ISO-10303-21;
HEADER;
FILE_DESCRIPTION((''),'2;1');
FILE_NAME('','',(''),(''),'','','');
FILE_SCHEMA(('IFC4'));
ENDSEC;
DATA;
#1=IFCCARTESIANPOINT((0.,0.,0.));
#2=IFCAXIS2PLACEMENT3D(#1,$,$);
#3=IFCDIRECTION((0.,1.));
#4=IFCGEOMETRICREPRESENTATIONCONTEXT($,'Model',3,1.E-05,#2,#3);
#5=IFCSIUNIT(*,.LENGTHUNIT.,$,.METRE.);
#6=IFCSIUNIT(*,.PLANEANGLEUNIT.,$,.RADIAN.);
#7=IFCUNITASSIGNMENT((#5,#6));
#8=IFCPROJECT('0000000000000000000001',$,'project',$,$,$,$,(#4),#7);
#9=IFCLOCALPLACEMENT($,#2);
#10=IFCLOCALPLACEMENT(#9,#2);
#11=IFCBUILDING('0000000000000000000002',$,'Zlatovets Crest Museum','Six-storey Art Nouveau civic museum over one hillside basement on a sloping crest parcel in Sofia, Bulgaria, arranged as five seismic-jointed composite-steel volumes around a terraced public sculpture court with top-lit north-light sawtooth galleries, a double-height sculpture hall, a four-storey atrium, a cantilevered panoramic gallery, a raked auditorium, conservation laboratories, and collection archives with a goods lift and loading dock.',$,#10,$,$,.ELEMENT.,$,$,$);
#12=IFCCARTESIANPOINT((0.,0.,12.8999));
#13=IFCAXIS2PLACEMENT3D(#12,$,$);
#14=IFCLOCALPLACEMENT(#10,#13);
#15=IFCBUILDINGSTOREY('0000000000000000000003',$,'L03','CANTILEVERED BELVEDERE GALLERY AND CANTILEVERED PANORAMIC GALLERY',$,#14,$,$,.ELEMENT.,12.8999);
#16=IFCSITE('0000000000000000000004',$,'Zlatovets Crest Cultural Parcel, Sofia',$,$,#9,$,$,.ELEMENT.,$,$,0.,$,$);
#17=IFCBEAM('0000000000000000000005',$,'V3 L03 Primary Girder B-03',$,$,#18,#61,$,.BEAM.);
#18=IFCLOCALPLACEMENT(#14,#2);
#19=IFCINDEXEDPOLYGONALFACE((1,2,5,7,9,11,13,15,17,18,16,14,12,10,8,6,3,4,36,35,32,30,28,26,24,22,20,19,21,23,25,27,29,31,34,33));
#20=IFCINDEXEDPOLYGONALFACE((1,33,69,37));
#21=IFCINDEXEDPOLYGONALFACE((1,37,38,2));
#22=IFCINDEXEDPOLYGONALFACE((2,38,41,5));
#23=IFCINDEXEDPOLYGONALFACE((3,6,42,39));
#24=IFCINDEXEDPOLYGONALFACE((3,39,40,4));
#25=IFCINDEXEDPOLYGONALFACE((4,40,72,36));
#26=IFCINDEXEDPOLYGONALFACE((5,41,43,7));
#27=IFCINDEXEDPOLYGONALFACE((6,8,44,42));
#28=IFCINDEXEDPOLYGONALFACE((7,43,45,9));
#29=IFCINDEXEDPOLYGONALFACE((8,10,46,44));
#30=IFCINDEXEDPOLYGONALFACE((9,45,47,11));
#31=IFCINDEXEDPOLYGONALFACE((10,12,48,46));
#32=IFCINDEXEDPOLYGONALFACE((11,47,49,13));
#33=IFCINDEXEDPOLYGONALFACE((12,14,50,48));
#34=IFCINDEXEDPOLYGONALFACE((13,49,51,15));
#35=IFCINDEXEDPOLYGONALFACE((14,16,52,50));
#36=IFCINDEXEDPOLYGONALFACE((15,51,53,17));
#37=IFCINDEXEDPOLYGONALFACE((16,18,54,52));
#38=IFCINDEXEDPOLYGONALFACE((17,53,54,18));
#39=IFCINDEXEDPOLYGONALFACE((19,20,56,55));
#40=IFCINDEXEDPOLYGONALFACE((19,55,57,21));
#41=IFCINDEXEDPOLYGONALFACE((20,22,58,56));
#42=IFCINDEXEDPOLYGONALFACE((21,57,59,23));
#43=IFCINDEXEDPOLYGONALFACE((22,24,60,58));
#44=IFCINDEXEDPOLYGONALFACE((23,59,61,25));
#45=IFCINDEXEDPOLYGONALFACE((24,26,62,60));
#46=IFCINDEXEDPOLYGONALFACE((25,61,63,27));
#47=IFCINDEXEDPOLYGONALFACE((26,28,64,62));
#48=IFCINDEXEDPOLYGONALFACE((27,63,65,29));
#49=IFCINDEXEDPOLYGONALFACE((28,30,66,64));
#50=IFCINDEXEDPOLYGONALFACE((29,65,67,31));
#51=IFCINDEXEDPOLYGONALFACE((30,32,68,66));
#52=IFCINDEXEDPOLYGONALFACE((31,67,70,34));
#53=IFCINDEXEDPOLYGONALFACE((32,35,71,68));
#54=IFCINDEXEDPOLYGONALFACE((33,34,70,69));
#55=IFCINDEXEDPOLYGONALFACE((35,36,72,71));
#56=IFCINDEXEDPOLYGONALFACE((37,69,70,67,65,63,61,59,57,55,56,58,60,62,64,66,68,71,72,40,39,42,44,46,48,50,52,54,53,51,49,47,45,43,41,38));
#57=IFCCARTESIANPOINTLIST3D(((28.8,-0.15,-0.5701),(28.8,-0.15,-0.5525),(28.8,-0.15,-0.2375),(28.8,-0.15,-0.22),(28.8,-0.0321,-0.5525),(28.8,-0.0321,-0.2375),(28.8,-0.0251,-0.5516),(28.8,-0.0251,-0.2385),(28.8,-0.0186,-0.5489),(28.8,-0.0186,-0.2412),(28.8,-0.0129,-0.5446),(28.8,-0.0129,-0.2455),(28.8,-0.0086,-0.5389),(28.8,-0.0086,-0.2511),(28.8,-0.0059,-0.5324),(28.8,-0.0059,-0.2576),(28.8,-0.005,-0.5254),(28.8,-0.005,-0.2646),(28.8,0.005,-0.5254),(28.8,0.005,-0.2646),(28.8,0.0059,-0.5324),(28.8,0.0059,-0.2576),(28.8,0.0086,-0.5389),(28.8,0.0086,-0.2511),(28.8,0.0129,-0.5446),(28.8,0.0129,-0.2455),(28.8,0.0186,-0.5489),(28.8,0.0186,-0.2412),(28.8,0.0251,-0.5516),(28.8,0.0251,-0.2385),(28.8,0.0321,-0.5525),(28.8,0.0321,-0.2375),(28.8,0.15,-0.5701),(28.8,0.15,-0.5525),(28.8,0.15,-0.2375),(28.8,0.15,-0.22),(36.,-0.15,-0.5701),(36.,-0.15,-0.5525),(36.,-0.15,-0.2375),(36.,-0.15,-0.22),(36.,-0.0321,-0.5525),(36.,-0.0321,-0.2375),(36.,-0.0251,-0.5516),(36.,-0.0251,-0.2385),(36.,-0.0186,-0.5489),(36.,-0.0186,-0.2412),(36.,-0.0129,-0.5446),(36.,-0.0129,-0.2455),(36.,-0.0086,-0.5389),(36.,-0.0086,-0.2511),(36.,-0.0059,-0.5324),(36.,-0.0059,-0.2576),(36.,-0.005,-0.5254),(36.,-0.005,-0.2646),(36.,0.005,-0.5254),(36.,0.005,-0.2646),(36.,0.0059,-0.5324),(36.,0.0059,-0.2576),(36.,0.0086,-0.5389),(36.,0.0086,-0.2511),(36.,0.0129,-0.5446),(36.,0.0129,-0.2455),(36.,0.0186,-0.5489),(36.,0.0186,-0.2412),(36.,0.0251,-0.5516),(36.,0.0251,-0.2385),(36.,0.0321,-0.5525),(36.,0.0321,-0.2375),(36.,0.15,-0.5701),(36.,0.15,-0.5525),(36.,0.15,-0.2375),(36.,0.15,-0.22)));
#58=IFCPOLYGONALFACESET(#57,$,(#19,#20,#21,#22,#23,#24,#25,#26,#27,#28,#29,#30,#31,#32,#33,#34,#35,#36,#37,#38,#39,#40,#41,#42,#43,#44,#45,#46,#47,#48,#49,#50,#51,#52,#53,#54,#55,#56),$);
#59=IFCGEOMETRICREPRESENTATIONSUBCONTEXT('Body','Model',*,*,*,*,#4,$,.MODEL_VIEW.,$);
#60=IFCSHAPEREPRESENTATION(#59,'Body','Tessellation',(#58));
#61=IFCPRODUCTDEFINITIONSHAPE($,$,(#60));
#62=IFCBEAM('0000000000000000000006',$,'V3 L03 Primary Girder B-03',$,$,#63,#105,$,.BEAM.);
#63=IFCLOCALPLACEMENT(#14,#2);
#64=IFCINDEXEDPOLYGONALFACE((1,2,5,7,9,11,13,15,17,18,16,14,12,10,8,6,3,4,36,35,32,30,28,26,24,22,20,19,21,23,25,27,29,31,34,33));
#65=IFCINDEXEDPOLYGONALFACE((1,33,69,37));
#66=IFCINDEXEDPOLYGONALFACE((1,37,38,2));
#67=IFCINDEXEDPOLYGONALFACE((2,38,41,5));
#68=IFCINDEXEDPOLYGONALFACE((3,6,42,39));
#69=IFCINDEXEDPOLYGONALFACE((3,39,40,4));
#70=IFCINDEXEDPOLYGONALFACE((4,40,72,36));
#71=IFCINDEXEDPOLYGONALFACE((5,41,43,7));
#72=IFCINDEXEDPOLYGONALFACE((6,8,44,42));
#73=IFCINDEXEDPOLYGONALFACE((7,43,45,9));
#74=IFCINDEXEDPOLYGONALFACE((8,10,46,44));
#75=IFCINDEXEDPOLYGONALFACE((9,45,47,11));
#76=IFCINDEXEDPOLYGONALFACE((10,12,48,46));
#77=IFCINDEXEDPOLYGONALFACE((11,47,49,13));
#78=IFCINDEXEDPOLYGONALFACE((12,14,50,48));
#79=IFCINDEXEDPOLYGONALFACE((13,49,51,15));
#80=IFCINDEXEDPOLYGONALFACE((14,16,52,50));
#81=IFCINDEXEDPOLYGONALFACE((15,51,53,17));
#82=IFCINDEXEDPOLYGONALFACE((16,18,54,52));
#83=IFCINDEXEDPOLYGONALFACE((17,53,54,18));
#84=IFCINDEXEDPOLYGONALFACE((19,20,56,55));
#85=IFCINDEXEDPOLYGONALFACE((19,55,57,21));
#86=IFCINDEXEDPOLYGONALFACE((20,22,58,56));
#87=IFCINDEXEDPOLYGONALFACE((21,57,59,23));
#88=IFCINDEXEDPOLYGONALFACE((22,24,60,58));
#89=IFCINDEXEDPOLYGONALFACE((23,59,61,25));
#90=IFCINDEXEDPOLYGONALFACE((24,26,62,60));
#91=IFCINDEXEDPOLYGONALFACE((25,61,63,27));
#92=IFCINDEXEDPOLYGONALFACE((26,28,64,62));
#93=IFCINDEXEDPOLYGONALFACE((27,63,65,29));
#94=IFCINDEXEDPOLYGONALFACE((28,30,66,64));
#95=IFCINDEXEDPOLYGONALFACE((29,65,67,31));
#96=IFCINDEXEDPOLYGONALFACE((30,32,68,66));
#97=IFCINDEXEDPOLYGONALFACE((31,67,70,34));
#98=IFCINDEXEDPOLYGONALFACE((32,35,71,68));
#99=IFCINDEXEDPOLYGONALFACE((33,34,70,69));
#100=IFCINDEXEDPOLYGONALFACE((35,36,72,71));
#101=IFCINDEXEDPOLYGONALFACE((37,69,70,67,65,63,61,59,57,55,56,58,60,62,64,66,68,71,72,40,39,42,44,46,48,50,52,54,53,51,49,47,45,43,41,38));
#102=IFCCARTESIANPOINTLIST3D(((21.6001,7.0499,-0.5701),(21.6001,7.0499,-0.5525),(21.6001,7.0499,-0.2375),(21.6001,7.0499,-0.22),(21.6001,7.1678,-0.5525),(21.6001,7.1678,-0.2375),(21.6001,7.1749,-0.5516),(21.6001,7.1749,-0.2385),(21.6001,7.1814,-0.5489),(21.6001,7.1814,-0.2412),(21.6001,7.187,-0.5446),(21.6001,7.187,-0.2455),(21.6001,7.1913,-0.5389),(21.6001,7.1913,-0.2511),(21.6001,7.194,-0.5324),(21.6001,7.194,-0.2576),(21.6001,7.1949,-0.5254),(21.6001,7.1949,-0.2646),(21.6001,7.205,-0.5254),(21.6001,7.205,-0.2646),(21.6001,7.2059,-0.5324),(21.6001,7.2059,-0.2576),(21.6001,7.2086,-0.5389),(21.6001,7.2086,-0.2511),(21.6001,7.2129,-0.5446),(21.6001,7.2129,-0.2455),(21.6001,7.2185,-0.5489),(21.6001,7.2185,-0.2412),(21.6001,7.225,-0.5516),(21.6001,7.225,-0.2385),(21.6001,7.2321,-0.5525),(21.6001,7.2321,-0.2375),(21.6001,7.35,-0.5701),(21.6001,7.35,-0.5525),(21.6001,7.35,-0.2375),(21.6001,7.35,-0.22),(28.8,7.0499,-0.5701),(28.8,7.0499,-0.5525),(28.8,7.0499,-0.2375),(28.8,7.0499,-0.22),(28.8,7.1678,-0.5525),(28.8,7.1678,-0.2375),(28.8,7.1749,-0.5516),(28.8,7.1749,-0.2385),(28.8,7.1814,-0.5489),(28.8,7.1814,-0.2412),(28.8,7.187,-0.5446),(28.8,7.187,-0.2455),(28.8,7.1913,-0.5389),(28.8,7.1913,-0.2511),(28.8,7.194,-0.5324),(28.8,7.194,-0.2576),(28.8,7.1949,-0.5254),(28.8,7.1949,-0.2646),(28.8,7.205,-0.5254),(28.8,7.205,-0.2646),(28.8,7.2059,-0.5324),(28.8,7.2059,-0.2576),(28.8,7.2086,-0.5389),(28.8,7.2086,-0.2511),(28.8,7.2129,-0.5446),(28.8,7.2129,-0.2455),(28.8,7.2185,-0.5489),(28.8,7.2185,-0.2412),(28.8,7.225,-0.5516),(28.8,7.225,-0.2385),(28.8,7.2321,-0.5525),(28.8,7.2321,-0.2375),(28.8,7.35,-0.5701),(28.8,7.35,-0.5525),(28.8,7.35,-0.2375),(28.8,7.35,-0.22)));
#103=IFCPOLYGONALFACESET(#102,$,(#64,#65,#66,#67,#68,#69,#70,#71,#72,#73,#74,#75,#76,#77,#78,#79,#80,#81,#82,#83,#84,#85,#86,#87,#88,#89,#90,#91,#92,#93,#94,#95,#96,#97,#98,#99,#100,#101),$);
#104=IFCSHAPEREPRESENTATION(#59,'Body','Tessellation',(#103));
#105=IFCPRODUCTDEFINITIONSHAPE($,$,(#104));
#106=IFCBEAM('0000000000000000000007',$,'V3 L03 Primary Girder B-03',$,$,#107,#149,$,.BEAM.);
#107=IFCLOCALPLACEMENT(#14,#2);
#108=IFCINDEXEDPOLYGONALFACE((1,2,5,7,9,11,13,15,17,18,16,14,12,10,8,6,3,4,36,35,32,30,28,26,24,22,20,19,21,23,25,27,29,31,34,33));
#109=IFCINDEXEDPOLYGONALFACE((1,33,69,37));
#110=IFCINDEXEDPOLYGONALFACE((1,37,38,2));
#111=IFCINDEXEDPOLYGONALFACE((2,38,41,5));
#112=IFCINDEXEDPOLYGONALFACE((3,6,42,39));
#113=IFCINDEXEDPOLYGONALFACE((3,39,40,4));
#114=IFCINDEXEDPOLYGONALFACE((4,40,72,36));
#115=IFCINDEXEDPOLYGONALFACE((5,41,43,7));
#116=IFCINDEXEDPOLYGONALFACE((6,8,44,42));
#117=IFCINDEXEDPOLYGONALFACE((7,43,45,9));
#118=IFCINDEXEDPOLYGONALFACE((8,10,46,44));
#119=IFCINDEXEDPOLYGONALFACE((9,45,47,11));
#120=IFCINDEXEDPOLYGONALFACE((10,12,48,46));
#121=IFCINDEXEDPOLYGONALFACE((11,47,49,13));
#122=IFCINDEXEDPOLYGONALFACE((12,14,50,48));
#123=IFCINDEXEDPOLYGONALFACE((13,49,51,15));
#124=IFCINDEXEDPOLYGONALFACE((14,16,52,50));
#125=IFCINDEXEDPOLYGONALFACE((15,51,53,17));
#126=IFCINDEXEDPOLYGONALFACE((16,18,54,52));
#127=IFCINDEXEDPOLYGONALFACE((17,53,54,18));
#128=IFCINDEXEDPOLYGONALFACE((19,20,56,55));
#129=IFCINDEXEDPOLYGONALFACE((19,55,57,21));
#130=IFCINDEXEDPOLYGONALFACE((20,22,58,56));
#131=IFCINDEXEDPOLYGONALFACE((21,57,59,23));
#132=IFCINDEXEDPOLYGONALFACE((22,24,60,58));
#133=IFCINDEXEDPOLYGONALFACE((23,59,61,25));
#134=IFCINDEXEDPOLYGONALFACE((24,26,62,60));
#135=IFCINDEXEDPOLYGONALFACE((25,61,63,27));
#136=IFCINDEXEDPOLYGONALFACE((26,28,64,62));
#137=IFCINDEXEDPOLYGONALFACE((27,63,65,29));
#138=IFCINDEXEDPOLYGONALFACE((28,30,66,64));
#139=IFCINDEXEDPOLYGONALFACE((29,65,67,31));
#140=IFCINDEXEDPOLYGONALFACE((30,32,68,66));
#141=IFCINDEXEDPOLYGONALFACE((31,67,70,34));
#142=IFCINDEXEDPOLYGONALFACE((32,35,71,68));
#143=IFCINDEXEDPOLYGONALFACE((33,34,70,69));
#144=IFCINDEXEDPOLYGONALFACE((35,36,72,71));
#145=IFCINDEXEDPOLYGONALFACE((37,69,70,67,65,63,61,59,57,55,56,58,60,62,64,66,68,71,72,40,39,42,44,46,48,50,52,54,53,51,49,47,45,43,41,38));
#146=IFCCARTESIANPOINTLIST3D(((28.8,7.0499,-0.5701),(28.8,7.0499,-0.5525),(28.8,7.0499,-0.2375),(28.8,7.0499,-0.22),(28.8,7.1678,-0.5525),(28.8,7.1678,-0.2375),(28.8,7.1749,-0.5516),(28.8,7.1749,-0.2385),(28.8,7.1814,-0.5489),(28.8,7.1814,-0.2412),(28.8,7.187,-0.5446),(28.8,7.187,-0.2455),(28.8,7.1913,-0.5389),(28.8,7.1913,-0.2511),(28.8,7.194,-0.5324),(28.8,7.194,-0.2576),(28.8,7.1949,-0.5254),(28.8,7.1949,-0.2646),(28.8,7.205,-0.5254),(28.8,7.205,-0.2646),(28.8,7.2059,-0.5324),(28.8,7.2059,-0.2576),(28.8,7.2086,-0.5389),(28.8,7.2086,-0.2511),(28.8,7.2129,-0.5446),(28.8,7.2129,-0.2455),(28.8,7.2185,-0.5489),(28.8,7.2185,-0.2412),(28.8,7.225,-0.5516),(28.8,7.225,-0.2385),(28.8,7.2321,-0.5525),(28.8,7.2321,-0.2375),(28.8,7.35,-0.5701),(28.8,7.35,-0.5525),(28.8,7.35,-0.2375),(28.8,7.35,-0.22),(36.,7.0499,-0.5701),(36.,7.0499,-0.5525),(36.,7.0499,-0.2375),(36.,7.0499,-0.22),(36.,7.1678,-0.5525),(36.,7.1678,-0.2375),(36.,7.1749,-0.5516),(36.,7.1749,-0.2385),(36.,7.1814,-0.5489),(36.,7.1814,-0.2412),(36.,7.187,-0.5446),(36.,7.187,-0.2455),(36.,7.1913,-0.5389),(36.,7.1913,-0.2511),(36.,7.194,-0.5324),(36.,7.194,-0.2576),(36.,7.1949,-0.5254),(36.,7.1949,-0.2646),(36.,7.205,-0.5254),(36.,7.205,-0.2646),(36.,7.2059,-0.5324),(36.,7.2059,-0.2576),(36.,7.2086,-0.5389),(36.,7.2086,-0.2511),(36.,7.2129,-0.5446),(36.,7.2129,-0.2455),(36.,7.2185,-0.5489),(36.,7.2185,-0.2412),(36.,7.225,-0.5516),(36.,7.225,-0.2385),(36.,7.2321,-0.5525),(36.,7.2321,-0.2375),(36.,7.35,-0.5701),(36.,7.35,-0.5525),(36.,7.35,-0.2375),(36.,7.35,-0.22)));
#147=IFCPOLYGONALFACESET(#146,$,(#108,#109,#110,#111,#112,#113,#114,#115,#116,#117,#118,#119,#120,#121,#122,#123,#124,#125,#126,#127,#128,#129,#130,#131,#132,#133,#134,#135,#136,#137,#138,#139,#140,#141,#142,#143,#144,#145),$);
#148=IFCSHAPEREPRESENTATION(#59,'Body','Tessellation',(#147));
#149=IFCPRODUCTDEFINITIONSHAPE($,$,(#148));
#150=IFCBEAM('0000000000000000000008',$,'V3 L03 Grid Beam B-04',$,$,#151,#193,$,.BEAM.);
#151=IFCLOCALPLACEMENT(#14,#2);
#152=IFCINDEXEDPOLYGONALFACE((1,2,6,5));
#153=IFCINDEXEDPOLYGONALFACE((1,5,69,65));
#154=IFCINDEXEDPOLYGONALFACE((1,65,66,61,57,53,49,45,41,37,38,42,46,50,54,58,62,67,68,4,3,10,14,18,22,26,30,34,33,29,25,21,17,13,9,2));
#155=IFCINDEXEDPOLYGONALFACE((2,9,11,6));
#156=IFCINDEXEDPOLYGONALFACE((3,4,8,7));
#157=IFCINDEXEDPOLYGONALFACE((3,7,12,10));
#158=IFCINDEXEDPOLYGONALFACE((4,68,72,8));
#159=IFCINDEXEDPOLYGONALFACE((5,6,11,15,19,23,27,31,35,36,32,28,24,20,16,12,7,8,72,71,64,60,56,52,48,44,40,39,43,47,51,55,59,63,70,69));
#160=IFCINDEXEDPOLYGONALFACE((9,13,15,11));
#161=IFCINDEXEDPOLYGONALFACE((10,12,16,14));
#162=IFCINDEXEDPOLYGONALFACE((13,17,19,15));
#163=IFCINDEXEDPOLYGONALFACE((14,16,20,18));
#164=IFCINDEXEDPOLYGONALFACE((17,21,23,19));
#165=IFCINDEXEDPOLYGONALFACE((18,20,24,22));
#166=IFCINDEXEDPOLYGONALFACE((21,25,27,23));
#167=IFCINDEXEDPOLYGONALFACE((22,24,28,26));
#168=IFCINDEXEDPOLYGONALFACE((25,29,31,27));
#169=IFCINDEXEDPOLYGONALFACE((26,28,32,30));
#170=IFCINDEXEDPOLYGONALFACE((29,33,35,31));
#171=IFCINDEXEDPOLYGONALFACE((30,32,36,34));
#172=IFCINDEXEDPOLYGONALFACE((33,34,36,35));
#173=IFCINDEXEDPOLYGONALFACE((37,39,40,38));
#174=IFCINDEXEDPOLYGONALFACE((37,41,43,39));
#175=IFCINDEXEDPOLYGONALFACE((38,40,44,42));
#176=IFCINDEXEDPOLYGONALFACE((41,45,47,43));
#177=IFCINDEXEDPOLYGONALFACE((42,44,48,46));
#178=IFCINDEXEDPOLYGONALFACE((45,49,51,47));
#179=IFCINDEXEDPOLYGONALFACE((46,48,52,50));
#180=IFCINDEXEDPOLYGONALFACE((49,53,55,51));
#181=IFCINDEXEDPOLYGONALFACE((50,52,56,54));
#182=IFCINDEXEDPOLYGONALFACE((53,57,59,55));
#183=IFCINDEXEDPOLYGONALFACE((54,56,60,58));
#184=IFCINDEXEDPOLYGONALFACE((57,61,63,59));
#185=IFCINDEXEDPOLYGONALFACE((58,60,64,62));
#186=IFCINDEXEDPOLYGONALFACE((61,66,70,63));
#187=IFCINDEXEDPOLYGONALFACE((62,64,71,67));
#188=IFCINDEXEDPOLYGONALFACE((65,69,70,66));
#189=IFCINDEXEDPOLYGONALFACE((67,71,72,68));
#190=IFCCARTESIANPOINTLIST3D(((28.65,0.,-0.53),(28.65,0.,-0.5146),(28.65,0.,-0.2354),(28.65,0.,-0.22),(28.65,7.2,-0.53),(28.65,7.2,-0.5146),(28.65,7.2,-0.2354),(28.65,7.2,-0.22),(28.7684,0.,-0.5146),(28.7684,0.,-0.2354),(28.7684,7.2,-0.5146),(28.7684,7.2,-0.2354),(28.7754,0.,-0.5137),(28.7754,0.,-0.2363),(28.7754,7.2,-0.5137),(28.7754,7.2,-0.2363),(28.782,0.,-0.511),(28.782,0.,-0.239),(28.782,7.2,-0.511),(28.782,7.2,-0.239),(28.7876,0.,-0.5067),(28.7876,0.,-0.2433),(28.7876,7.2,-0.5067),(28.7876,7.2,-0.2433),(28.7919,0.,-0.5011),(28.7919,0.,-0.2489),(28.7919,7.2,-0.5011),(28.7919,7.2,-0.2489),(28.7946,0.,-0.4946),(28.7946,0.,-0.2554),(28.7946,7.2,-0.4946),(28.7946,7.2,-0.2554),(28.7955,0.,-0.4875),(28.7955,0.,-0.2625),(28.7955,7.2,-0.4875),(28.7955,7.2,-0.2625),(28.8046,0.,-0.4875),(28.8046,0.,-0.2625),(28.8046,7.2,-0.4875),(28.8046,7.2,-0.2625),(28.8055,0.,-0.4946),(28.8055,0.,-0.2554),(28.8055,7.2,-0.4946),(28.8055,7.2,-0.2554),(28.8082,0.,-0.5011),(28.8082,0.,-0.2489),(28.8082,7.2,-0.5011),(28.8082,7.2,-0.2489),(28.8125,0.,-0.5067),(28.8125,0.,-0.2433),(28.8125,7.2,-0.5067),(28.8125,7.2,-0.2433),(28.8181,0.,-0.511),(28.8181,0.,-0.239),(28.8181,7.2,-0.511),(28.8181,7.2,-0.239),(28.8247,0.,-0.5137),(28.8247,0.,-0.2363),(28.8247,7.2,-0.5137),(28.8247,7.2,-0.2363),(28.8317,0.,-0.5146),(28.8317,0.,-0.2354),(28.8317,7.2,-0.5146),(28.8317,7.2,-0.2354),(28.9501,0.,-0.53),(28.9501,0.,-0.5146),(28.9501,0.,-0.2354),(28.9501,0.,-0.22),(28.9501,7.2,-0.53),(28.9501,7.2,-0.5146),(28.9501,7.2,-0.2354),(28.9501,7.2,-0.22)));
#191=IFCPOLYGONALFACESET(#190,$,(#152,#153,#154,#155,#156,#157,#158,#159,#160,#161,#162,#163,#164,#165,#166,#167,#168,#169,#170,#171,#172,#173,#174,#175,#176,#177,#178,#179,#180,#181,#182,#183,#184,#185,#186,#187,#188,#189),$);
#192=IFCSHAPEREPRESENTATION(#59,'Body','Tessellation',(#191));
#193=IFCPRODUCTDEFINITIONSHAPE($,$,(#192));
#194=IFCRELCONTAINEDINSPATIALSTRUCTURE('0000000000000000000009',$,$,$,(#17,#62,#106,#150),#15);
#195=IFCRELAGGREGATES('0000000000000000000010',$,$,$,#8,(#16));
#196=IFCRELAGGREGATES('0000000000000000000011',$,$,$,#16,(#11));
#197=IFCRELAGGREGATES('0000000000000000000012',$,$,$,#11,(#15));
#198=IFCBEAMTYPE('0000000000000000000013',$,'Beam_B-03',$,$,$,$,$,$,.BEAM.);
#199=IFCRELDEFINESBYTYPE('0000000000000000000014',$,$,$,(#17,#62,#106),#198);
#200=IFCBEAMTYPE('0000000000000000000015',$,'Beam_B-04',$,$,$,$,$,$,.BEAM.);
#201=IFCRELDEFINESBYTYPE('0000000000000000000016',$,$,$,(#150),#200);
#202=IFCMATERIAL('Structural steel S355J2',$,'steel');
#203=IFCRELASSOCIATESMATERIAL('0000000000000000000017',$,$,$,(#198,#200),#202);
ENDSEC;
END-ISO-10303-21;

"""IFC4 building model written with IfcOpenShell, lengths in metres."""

from ifc_helpers import new_model, si_unit, direction, frame, origin, origin_2d, place, context, subcontext, project, spatial, i_section, extrude, material, material_profile, profile_set, type_object, element, save


model = new_model("IFC4")

# Units and contexts
model_context = context("Model", 3, precision=1e-05, world=origin(), true_north=direction((0.0, 1.0)))
body_context = subcontext(model_context, "Body", "Model", "MODEL_VIEW")
ifc_project = project(units=[si_unit("LENGTHUNIT", "METRE"), si_unit("PLANEANGLEUNIT", "RADIAN")], contexts=[model_context])

# Site, building, storey
site_placement = place(None, origin())
site = spatial("IfcSite", under=ifc_project, at=site_placement, Name="Zlatovets Crest Cultural Parcel, Sofia", CompositionType="ELEMENT", RefElevation=0.0)
building_placement = place(site_placement, origin())
building = spatial("IfcBuilding", under=site, at=building_placement, Name="Zlatovets Crest Museum", Description="Six-storey Art Nouveau civic museum over one hillside basement on a sloping crest parcel in Sofia, Bulgaria, arranged as five seismic-jointed composite-steel volumes around a terraced public sculpture court with top-lit north-light sawtooth galleries, a double-height sculpture hall, a four-storey atrium, a cantilevered panoramic gallery, a raked auditorium, conservation laboratories, and collection archives with a goods lift and loading dock.", CompositionType="ELEMENT")
storey_placement = place(building_placement, frame((0.0, 0.0, 12.8999)))
storey = spatial("IfcBuildingStorey", under=building, at=storey_placement, Name="L03", Description="CANTILEVERED BELVEDERE GALLERY AND CANTILEVERED PANORAMIC GALLERY", CompositionType="ELEMENT", Elevation=12.8999)

# Beams
ifc_material_1 = material(Name="Structural steel S355J2", Category="steel")
ifc_material_profile_1 = material_profile(ifc_material_1, i_section(OverallWidth=0.3, OverallDepth=0.3501, WebThickness=0.01, FlangeThickness=0.0176, FilletRadius=0.0271, at=origin_2d()), Name="HEA 360")
ifc_profile_set_1 = profile_set([ifc_material_profile_1], Name="Structural steel S355J2")
beam_type_1 = type_object("IfcBeamType", Name="Beam_B-03", PredefinedType="BEAM", material=ifc_profile_set_1)
for number, where, z_axis, x_axis, name in (
    (1, (28.8, 0.0, -0.395), (1.0, 0.0, 0.0), (0.0, 1.0, 0.0), "V3 L03 Primary Girder B-03"),
    (2, (21.6001, 7.2, -0.395), (1.0, 0.0, 0.0), (0.0, 1.0, 0.0), "V3 L03 Primary Girder B-03"),
    (3, (28.8, 7.2, -0.395), (1.0, 0.0, 0.0), (0.0, 1.0, 0.0), "V3 L03 Primary Girder B-03"),
):
    element("IfcBeam", number, at=place(storey_placement, frame(where, z_axis=z_axis, x_axis=x_axis)), inside=storey, type_object=beam_type_1, Name=name, PredefinedType="BEAM", context=body_context, shape_type="SweptSolid", body=[
        extrude(i_section(OverallWidth=0.3, OverallDepth=0.3501, WebThickness=0.01, FlangeThickness=0.0176, FilletRadius=0.0271, at=origin_2d()), origin(), (0.0, 0.0, 1.0), 7.2),
    ])
ifc_material_profile_2 = material_profile(ifc_material_1, i_section(OverallWidth=0.3, OverallDepth=0.3101, WebThickness=0.009, FlangeThickness=0.0154, FilletRadius=0.0271, at=origin_2d()), Name="HEA 320")
ifc_profile_set_2 = profile_set([ifc_material_profile_2], Name="Structural steel S355J2")
beam_type_2 = type_object("IfcBeamType", Name="Beam_B-04", PredefinedType="BEAM", material=ifc_profile_set_2)
for number, where, z_axis, x_axis, name in (
    (4, (28.8, 0.0, -0.375), (0.0, 1.0, 0.0), (-1.0, 0.0, 0.0), "V3 L03 Grid Beam B-04"),
):
    element("IfcBeam", number, at=place(storey_placement, frame(where, z_axis=z_axis, x_axis=x_axis)), inside=storey, type_object=beam_type_2, Name=name, PredefinedType="BEAM", context=body_context, shape_type="SweptSolid", body=[
        extrude(i_section(OverallWidth=0.3, OverallDepth=0.3101, WebThickness=0.009, FlangeThickness=0.0154, FilletRadius=0.0271, at=origin_2d()), origin(), (0.0, 0.0, 1.0), 7.2),
    ])

save(model, "model.ifc")
